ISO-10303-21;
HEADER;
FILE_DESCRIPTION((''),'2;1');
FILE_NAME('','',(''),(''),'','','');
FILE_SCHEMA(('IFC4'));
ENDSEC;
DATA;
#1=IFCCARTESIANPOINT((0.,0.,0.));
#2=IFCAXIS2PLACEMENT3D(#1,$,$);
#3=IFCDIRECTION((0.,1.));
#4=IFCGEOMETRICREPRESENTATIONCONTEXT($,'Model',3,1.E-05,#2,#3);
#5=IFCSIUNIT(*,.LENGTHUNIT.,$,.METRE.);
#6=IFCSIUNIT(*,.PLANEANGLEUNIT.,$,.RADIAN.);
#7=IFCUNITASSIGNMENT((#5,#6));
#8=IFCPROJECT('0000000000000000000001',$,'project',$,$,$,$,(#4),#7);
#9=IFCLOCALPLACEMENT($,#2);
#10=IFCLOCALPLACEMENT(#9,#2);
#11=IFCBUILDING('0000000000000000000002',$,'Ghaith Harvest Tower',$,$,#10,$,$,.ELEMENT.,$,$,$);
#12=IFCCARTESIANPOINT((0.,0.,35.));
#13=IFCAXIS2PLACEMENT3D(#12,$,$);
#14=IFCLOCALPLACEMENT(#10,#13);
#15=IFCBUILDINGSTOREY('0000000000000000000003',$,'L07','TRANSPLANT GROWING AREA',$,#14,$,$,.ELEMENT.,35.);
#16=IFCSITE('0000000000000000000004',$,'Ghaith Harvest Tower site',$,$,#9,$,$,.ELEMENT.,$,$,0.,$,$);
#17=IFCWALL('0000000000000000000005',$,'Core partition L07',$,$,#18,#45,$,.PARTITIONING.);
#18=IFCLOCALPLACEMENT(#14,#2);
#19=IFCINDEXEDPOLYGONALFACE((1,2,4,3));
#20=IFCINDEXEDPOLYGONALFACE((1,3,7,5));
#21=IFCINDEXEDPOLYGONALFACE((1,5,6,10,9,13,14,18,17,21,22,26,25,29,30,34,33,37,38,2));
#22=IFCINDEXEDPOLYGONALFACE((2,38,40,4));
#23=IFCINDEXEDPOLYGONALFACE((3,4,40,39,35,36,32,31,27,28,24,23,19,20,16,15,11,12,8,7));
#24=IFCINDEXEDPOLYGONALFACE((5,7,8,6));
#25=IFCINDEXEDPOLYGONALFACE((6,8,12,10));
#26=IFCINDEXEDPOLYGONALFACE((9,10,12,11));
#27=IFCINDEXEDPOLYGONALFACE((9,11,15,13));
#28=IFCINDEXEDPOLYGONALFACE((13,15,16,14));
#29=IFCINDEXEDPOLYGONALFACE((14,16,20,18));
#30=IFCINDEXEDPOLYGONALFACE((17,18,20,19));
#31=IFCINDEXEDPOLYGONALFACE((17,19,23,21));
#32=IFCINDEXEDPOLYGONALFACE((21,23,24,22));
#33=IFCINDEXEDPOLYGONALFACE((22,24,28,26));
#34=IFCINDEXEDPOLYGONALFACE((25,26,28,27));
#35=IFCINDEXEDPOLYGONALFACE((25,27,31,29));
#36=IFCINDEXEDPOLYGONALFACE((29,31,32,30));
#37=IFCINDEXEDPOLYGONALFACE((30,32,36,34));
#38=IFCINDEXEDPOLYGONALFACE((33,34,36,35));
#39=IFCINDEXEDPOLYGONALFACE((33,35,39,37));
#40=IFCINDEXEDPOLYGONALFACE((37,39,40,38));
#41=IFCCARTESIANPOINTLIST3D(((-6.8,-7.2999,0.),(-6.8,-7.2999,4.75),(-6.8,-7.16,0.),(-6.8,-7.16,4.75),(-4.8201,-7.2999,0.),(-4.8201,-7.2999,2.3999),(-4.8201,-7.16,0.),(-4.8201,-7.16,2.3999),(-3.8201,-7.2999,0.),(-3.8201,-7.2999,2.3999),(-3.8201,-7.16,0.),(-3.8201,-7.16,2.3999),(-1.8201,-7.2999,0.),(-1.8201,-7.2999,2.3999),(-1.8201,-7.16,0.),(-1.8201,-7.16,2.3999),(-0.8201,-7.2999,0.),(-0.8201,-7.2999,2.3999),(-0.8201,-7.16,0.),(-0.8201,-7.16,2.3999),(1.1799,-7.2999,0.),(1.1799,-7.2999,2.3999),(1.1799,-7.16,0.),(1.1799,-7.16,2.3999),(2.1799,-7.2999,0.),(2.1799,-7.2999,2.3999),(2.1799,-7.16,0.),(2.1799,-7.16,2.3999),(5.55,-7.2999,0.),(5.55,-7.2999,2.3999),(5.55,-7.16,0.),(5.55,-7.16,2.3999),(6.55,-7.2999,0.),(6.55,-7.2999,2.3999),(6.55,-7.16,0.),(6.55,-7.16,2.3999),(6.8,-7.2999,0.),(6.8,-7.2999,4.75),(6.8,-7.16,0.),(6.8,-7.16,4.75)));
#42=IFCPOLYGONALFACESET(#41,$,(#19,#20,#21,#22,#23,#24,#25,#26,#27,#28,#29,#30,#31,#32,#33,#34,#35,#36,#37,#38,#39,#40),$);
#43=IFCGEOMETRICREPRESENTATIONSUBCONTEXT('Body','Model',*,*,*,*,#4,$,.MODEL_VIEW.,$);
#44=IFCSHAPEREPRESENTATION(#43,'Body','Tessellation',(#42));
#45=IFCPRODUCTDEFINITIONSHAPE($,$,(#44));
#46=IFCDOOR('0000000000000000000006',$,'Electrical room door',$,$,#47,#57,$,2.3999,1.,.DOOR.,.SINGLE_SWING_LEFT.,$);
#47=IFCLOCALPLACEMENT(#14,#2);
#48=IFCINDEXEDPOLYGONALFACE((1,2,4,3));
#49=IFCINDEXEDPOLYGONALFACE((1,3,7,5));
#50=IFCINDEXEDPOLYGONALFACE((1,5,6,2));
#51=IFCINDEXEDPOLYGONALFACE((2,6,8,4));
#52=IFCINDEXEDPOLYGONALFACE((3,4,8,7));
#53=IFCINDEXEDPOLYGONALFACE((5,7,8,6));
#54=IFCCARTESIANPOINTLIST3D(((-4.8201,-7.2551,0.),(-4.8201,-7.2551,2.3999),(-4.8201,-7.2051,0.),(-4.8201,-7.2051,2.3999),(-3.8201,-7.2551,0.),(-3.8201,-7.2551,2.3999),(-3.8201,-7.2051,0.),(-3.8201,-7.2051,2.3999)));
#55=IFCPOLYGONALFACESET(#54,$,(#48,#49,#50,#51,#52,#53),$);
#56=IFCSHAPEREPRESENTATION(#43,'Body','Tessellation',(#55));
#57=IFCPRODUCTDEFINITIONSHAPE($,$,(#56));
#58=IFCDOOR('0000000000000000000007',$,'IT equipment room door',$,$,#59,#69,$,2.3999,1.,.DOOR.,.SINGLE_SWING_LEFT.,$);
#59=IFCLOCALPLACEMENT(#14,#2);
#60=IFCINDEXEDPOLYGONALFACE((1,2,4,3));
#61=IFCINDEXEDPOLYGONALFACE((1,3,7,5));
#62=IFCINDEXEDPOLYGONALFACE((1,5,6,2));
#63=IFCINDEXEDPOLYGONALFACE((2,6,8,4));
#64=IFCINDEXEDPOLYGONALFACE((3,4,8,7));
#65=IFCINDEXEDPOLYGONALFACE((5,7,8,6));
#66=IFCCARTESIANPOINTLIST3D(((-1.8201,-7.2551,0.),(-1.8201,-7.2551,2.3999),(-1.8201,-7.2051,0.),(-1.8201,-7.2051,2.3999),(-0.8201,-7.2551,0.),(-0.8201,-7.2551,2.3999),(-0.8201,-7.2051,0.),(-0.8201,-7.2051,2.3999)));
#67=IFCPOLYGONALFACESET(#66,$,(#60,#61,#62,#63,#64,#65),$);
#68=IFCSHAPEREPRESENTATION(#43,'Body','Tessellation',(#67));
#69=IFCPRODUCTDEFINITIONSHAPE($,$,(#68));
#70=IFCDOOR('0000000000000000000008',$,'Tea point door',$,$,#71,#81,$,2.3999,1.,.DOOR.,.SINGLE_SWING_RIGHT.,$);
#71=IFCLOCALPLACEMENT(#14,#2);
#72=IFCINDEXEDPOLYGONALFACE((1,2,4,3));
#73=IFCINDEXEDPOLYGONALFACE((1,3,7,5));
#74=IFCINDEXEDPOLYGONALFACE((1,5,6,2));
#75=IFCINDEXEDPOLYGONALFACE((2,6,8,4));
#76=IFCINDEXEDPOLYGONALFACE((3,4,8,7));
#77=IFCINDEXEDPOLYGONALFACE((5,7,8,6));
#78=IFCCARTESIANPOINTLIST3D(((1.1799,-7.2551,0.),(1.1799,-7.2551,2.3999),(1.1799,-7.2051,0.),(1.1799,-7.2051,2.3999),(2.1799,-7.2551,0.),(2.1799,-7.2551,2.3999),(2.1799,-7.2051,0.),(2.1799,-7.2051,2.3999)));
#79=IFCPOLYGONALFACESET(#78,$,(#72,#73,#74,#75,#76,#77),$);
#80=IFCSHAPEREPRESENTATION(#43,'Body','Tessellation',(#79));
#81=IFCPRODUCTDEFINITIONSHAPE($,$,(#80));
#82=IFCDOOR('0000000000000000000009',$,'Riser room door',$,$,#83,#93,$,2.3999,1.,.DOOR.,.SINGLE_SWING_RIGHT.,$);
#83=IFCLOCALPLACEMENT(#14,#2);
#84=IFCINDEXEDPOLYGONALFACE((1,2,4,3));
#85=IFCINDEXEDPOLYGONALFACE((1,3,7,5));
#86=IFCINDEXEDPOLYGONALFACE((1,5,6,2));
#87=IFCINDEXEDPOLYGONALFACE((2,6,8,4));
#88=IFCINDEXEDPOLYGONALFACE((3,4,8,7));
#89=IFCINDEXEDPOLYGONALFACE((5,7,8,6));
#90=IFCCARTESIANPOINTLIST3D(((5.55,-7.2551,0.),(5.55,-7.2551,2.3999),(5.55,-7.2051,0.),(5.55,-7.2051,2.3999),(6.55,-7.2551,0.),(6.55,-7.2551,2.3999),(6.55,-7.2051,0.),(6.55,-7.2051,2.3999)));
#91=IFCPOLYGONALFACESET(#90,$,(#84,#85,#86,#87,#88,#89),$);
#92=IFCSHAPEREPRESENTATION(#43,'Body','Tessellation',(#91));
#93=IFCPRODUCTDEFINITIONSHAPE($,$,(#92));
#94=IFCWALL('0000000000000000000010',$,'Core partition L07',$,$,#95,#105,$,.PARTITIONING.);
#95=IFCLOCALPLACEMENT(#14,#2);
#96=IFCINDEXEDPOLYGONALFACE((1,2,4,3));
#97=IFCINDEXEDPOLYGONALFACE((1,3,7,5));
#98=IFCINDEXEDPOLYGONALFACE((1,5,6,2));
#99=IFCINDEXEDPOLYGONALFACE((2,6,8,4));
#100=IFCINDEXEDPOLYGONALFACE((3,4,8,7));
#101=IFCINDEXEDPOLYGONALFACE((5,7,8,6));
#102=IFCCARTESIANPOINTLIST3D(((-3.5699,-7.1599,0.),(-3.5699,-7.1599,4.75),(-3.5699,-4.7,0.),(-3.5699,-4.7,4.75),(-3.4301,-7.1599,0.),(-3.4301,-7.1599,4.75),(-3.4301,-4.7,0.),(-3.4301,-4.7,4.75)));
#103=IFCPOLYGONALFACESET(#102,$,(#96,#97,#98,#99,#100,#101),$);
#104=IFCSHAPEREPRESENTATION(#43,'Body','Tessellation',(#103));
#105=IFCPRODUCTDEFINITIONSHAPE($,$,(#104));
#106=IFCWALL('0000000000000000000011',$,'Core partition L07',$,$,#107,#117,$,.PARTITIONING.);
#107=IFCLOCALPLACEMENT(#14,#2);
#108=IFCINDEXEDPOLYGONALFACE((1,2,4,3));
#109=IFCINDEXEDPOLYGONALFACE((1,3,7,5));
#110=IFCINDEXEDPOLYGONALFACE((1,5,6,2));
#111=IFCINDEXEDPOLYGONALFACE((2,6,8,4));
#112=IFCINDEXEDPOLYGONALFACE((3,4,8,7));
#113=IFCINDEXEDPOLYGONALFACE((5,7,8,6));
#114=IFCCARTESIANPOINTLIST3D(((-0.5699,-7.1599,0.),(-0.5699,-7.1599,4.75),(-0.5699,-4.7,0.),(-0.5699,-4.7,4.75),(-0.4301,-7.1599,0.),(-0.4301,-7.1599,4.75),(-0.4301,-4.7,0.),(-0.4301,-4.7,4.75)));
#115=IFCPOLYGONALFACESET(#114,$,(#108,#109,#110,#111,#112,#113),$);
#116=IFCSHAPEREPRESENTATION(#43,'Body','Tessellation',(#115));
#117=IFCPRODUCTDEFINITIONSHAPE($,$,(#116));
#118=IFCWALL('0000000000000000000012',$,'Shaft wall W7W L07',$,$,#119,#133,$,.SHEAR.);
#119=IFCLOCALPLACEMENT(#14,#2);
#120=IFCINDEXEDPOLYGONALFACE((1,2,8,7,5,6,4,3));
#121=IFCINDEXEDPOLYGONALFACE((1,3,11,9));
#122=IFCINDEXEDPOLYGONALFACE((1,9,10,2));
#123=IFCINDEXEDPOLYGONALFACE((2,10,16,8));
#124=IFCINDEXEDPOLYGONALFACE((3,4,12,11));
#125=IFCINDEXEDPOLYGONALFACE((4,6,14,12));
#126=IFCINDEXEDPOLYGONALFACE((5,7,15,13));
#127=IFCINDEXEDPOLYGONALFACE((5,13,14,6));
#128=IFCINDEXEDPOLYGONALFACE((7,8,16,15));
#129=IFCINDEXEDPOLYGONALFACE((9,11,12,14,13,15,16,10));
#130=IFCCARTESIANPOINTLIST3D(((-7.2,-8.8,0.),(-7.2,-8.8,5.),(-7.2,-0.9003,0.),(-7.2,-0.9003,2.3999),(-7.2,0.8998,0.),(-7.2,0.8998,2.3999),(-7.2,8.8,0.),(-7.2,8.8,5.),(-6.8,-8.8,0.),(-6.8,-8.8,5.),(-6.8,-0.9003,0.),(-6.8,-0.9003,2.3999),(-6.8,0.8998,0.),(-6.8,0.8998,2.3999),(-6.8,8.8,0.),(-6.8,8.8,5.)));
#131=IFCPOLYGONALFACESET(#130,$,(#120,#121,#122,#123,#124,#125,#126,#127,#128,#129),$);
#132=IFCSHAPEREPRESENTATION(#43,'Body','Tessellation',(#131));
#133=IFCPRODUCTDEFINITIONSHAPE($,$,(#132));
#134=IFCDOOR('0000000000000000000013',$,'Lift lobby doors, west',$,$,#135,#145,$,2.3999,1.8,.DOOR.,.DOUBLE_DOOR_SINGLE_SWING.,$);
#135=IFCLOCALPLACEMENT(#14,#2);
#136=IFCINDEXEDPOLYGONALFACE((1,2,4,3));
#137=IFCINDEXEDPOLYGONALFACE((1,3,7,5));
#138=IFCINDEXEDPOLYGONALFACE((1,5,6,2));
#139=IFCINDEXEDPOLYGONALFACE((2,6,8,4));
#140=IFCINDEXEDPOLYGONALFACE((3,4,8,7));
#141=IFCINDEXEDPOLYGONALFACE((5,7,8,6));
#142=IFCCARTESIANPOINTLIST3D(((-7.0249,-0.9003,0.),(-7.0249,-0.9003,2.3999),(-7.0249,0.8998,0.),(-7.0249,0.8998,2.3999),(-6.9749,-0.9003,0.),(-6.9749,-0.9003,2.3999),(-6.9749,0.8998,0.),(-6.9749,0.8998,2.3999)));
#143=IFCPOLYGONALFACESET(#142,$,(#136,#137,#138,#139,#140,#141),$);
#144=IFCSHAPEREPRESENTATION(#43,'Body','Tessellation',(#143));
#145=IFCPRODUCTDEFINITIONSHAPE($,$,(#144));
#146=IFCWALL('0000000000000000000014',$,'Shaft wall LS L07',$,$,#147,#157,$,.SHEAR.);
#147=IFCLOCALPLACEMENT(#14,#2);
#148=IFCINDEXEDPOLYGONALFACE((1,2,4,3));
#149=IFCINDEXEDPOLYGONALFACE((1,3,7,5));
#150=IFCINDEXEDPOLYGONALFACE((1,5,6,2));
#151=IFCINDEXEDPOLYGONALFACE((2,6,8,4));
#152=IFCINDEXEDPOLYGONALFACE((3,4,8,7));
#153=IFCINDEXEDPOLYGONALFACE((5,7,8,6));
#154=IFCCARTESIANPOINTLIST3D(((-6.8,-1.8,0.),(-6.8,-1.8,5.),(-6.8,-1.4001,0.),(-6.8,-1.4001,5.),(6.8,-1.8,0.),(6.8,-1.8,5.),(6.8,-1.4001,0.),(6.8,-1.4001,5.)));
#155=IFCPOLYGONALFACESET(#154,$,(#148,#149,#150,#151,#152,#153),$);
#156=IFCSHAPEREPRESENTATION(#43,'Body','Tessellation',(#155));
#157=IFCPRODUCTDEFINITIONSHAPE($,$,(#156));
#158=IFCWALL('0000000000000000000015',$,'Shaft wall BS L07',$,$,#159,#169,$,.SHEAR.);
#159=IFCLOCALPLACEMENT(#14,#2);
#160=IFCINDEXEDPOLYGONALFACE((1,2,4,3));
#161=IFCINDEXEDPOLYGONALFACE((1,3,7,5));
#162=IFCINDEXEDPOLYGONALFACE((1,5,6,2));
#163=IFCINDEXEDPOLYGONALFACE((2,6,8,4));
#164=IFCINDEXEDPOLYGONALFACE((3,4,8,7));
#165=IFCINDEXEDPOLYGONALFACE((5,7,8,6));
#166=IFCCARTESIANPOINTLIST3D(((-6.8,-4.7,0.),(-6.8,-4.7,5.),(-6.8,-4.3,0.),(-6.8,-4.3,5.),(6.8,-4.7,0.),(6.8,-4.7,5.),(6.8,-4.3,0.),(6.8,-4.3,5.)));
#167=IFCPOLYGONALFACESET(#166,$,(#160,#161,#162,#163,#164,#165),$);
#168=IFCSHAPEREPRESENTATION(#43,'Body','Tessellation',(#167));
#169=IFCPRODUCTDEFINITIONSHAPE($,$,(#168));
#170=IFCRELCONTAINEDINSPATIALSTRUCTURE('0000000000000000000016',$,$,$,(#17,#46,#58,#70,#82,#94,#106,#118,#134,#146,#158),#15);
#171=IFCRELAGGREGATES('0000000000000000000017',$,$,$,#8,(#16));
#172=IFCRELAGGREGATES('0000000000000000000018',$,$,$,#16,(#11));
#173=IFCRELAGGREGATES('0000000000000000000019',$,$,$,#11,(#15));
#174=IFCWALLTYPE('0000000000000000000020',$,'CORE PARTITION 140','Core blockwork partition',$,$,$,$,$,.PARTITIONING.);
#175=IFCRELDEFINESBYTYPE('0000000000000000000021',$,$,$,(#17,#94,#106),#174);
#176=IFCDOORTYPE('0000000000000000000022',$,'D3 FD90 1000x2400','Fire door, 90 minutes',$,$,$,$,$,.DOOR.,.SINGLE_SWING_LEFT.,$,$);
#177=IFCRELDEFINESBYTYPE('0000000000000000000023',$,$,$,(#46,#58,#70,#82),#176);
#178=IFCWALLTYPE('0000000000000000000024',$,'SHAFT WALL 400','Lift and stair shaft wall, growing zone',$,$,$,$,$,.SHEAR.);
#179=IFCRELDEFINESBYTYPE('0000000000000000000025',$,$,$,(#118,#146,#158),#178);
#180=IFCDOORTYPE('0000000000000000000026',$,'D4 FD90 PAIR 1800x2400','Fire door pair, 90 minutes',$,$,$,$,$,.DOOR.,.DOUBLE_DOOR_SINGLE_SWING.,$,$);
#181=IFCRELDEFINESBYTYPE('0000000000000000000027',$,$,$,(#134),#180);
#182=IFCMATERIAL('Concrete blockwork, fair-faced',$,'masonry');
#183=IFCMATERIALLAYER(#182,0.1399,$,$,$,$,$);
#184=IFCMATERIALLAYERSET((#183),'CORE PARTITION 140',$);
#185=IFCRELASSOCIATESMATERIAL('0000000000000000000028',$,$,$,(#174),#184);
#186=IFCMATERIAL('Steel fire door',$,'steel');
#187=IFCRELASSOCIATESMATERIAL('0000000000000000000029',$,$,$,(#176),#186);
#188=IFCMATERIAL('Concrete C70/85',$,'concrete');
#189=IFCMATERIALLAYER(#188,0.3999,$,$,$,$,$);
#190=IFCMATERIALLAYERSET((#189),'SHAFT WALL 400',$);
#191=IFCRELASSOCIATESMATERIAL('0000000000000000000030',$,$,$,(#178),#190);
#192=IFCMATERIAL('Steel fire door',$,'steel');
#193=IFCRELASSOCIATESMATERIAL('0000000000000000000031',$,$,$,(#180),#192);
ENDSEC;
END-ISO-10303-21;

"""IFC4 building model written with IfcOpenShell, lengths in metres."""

from ifc_helpers import new_model, si_unit, direction, frame, frame_2d, origin, place, context, subcontext, project, spatial, rectangle, extrude, material, layer, layer_set, type_object, element, fill, save


model = new_model("IFC4")

# Units and contexts
model_context = context("Model", 3, precision=1e-05, world=origin(), true_north=direction((0.0, 1.0)))
body_context = subcontext(model_context, "Body", "Model", "MODEL_VIEW")
ifc_project = project(units=[si_unit("LENGTHUNIT", "METRE"), si_unit("PLANEANGLEUNIT", "RADIAN")], contexts=[model_context])

# Site, building, storey
site_placement = place(None, origin())
site = spatial("IfcSite", under=ifc_project, at=site_placement, Name="Ghaith Harvest Tower site", CompositionType="ELEMENT", RefElevation=0.0)
building_placement = place(site_placement, origin())
building = spatial("IfcBuilding", under=site, at=building_placement, Name="Ghaith Harvest Tower", CompositionType="ELEMENT")
storey_placement = place(building_placement, frame((0.0, 0.0, 35.0)))
storey = spatial("IfcBuildingStorey", under=building, at=storey_placement, Name="L07", Description="TRANSPLANT GROWING AREA", CompositionType="ELEMENT", Elevation=35.0)

# Wall, openings, doors
ifc_material_1 = material(Name="Concrete blockwork, fair-faced", Category="masonry")
ifc_layer_1 = layer(ifc_material_1, 0.1399)
ifc_layer_set_1 = layer_set([ifc_layer_1], Name="CORE PARTITION 140")
wall_type_1 = type_object("IfcWallType", Name="CORE PARTITION 140", Description="Core blockwork partition", PredefinedType="PARTITIONING", material=ifc_layer_set_1)
wall_1_placement = place(storey_placement, frame((-6.8, -7.23, 0.0), z_axis=(0.0, 0.0, 1.0), x_axis=(1.0, 0.0, 0.0)))
wall_1 = element("IfcWall", 1, at=wall_1_placement, inside=storey, type_object=wall_type_1, Name="Core partition L07", PredefinedType="PARTITIONING", context=body_context, shape_type="SweptSolid", body=[
    extrude(rectangle(XDim=13.6001, YDim=0.1399, at=frame_2d((6.8, 0.0))), origin(), (0.0, 0.0, 1.0), 4.75),
])
opening_1_placement = place(wall_1_placement, frame((1.98, 0.0, 0.0)))
opening_1 = element("IfcOpeningElement", 2, at=opening_1_placement, cuts=wall_1, PredefinedType="OPENING", context=body_context, shape_type="SweptSolid", body=[
    extrude(rectangle(XDim=1.0, YDim=2.3999, at=frame_2d((0.5, 1.2))), frame((0.0, 0.0801, 0.0), z_axis=(0.0, -1.0, 0.0), x_axis=(1.0, 0.0, 0.0)), (0.0, 0.0, 1.0), 0.1599),
])
opening_2_placement = place(wall_1_placement, frame((4.98, 0.0, 0.0)))
opening_2 = element("IfcOpeningElement", 3, at=opening_2_placement, cuts=wall_1, PredefinedType="OPENING", context=body_context, shape_type="SweptSolid", body=[
    extrude(rectangle(XDim=1.0, YDim=2.3999, at=frame_2d((0.5, 1.2))), frame((0.0, 0.0801, 0.0), z_axis=(0.0, -1.0, 0.0), x_axis=(1.0, 0.0, 0.0)), (0.0, 0.0, 1.0), 0.1599),
])
opening_3_placement = place(wall_1_placement, frame((7.98, 0.0, 0.0)))
opening_3 = element("IfcOpeningElement", 4, at=opening_3_placement, cuts=wall_1, PredefinedType="OPENING", context=body_context, shape_type="SweptSolid", body=[
    extrude(rectangle(XDim=1.0, YDim=2.3999, at=frame_2d((0.5, 1.2))), frame((0.0, 0.0801, 0.0), z_axis=(0.0, -1.0, 0.0), x_axis=(1.0, 0.0, 0.0)), (0.0, 0.0, 1.0), 0.1599),
])
opening_4_placement = place(wall_1_placement, frame((12.3501, 0.0, 0.0)))
opening_4 = element("IfcOpeningElement", 5, at=opening_4_placement, cuts=wall_1, PredefinedType="OPENING", context=body_context, shape_type="SweptSolid", body=[
    extrude(rectangle(XDim=1.0, YDim=2.3999, at=frame_2d((0.5, 1.2))), frame((0.0, 0.0801, 0.0), z_axis=(0.0, -1.0, 0.0), x_axis=(1.0, 0.0, 0.0)), (0.0, 0.0, 1.0), 0.1599),
])
ifc_material_2 = material(Name="Steel fire door", Category="steel")
door_type_1 = type_object("IfcDoorType", Name="D3 FD90 1000x2400", Description="Fire door, 90 minutes", OperationType="SINGLE_SWING_LEFT", PredefinedType="DOOR", material=ifc_material_2)
door_1_placement = place(opening_1_placement, origin())
door_1 = element("IfcDoor", 6, at=door_1_placement, inside=storey, type_object=door_type_1, Name="Electrical room door", OperationType="SINGLE_SWING_LEFT", OverallHeight=2.3999, OverallWidth=1.0, PredefinedType="DOOR", context=body_context, shape_type="SweptSolid", body=[
    extrude(rectangle(XDim=1.0, YDim=2.3999, at=frame_2d((0.5, 1.2))), frame((0.0, 0.0249, 0.0), z_axis=(0.0, -1.0, 0.0), x_axis=(1.0, 0.0, 0.0)), (0.0, 0.0, 1.0), 0.05),
])
fill(opening_1, door_1)
door_2_placement = place(opening_2_placement, origin())
door_2 = element("IfcDoor", 7, at=door_2_placement, inside=storey, type_object=door_type_1, Name="IT equipment room door", OperationType="SINGLE_SWING_LEFT", OverallHeight=2.3999, OverallWidth=1.0, PredefinedType="DOOR", context=body_context, shape_type="SweptSolid", body=[
    extrude(rectangle(XDim=1.0, YDim=2.3999, at=frame_2d((0.5, 1.2))), frame((0.0, 0.0249, 0.0), z_axis=(0.0, -1.0, 0.0), x_axis=(1.0, 0.0, 0.0)), (0.0, 0.0, 1.0), 0.05),
])
fill(opening_2, door_2)
door_3_placement = place(opening_3_placement, origin())
door_3 = element("IfcDoor", 8, at=door_3_placement, inside=storey, type_object=door_type_1, Name="Tea point door", OperationType="SINGLE_SWING_RIGHT", OverallHeight=2.3999, OverallWidth=1.0, PredefinedType="DOOR", context=body_context, shape_type="SweptSolid", body=[
    extrude(rectangle(XDim=1.0, YDim=2.3999, at=frame_2d((0.5, 1.2))), frame((0.0, 0.0249, 0.0), z_axis=(0.0, -1.0, 0.0), x_axis=(1.0, 0.0, 0.0)), (0.0, 0.0, 1.0), 0.05),
])
fill(opening_3, door_3)
door_4_placement = place(opening_4_placement, origin())
door_4 = element("IfcDoor", 9, at=door_4_placement, inside=storey, type_object=door_type_1, Name="Riser room door", OperationType="SINGLE_SWING_RIGHT", OverallHeight=2.3999, OverallWidth=1.0, PredefinedType="DOOR", context=body_context, shape_type="SweptSolid", body=[
    extrude(rectangle(XDim=1.0, YDim=2.3999, at=frame_2d((0.5, 1.2))), frame((0.0, 0.0249, 0.0), z_axis=(0.0, -1.0, 0.0), x_axis=(1.0, 0.0, 0.0)), (0.0, 0.0, 1.0), 0.05),
])
fill(opening_4, door_4)

# Walls
for number, where, z_axis, x_axis, name in (
    (10, (-3.5, -4.7, 0.0), (0.0, 0.0, 1.0), (0.0, -1.0, 0.0), "Core partition L07"),
    (11, (-0.5, -4.7, 0.0), (0.0, 0.0, 1.0), (0.0, -1.0, 0.0), "Core partition L07"),
):
    element("IfcWall", number, at=place(storey_placement, frame(where, z_axis=z_axis, x_axis=x_axis)), inside=storey, type_object=wall_type_1, Name=name, PredefinedType="PARTITIONING", context=body_context, shape_type="SweptSolid", body=[
        extrude(rectangle(XDim=2.46, YDim=0.1399, at=frame_2d((1.23, 0.0))), origin(), (0.0, 0.0, 1.0), 4.75),
    ])

# Wall, opening, door
ifc_material_3 = material(Name="Concrete C70/85", Category="concrete")
ifc_layer_2 = layer(ifc_material_3, 0.3999)
ifc_layer_set_2 = layer_set([ifc_layer_2], Name="SHAFT WALL 400")
wall_type_2 = type_object("IfcWallType", Name="SHAFT WALL 400", Description="Lift and stair shaft wall, growing zone", PredefinedType="SHEAR", material=ifc_layer_set_2)
wall_2_placement = place(storey_placement, frame((-7.0, -8.8, 0.0), z_axis=(0.0, 0.0, 1.0), x_axis=(0.0, 1.0, 0.0)))
wall_2 = element("IfcWall", 12, at=wall_2_placement, inside=storey, type_object=wall_type_2, Name="Shaft wall W7W L07", PredefinedType="SHEAR", context=body_context, shape_type="SweptSolid", body=[
    extrude(rectangle(XDim=17.6001, YDim=0.3999, at=frame_2d((8.8, 0.0))), origin(), (0.0, 0.0, 1.0), 5.0),
])
opening_5_placement = place(wall_2_placement, frame((7.8999, 0.0, 0.0)))
opening_5 = element("IfcOpeningElement", 13, at=opening_5_placement, cuts=wall_2, PredefinedType="OPENING", context=body_context, shape_type="SweptSolid", body=[
    extrude(rectangle(XDim=1.8, YDim=2.3999, at=frame_2d((0.8999, 1.2))), frame((0.0, 0.21, 0.0), z_axis=(0.0, -1.0, 0.0), x_axis=(1.0, 0.0, 0.0)), (0.0, 0.0, 1.0), 0.4199),
])
ifc_material_4 = material(Name="Steel fire door", Category="steel")
door_type_2 = type_object("IfcDoorType", Name="D4 FD90 PAIR 1800x2400", Description="Fire door pair, 90 minutes", OperationType="DOUBLE_DOOR_SINGLE_SWING", PredefinedType="DOOR", material=ifc_material_4)
door_5_placement = place(opening_5_placement, origin())
door_5 = element("IfcDoor", 14, at=door_5_placement, inside=storey, type_object=door_type_2, Name="Lift lobby doors, west", OperationType="DOUBLE_DOOR_SINGLE_SWING", OverallHeight=2.3999, OverallWidth=1.8, PredefinedType="DOOR", context=body_context, shape_type="SweptSolid", body=[
    extrude(rectangle(XDim=1.8, YDim=2.3999, at=frame_2d((0.8999, 1.2))), frame((0.0, 0.0249, 0.0), z_axis=(0.0, -1.0, 0.0), x_axis=(1.0, 0.0, 0.0)), (0.0, 0.0, 1.0), 0.05),
])
fill(opening_5, door_5)

# Walls
for number, where, z_axis, x_axis, name in (
    (15, (-6.8, -1.6001, 0.0), (0.0, 0.0, 1.0), (1.0, 0.0, 0.0), "Shaft wall LS L07"),
    (16, (-6.8, -4.5, 0.0), (0.0, 0.0, 1.0), (1.0, 0.0, 0.0), "Shaft wall BS L07"),
):
    element("IfcWall", number, at=place(storey_placement, frame(where, z_axis=z_axis, x_axis=x_axis)), inside=storey, type_object=wall_type_2, Name=name, PredefinedType="SHEAR", context=body_context, shape_type="SweptSolid", body=[
        extrude(rectangle(XDim=13.6001, YDim=0.3999, at=frame_2d((6.8, 0.0))), origin(), (0.0, 0.0, 1.0), 5.0),
    ])

save(model, "model.ifc")
